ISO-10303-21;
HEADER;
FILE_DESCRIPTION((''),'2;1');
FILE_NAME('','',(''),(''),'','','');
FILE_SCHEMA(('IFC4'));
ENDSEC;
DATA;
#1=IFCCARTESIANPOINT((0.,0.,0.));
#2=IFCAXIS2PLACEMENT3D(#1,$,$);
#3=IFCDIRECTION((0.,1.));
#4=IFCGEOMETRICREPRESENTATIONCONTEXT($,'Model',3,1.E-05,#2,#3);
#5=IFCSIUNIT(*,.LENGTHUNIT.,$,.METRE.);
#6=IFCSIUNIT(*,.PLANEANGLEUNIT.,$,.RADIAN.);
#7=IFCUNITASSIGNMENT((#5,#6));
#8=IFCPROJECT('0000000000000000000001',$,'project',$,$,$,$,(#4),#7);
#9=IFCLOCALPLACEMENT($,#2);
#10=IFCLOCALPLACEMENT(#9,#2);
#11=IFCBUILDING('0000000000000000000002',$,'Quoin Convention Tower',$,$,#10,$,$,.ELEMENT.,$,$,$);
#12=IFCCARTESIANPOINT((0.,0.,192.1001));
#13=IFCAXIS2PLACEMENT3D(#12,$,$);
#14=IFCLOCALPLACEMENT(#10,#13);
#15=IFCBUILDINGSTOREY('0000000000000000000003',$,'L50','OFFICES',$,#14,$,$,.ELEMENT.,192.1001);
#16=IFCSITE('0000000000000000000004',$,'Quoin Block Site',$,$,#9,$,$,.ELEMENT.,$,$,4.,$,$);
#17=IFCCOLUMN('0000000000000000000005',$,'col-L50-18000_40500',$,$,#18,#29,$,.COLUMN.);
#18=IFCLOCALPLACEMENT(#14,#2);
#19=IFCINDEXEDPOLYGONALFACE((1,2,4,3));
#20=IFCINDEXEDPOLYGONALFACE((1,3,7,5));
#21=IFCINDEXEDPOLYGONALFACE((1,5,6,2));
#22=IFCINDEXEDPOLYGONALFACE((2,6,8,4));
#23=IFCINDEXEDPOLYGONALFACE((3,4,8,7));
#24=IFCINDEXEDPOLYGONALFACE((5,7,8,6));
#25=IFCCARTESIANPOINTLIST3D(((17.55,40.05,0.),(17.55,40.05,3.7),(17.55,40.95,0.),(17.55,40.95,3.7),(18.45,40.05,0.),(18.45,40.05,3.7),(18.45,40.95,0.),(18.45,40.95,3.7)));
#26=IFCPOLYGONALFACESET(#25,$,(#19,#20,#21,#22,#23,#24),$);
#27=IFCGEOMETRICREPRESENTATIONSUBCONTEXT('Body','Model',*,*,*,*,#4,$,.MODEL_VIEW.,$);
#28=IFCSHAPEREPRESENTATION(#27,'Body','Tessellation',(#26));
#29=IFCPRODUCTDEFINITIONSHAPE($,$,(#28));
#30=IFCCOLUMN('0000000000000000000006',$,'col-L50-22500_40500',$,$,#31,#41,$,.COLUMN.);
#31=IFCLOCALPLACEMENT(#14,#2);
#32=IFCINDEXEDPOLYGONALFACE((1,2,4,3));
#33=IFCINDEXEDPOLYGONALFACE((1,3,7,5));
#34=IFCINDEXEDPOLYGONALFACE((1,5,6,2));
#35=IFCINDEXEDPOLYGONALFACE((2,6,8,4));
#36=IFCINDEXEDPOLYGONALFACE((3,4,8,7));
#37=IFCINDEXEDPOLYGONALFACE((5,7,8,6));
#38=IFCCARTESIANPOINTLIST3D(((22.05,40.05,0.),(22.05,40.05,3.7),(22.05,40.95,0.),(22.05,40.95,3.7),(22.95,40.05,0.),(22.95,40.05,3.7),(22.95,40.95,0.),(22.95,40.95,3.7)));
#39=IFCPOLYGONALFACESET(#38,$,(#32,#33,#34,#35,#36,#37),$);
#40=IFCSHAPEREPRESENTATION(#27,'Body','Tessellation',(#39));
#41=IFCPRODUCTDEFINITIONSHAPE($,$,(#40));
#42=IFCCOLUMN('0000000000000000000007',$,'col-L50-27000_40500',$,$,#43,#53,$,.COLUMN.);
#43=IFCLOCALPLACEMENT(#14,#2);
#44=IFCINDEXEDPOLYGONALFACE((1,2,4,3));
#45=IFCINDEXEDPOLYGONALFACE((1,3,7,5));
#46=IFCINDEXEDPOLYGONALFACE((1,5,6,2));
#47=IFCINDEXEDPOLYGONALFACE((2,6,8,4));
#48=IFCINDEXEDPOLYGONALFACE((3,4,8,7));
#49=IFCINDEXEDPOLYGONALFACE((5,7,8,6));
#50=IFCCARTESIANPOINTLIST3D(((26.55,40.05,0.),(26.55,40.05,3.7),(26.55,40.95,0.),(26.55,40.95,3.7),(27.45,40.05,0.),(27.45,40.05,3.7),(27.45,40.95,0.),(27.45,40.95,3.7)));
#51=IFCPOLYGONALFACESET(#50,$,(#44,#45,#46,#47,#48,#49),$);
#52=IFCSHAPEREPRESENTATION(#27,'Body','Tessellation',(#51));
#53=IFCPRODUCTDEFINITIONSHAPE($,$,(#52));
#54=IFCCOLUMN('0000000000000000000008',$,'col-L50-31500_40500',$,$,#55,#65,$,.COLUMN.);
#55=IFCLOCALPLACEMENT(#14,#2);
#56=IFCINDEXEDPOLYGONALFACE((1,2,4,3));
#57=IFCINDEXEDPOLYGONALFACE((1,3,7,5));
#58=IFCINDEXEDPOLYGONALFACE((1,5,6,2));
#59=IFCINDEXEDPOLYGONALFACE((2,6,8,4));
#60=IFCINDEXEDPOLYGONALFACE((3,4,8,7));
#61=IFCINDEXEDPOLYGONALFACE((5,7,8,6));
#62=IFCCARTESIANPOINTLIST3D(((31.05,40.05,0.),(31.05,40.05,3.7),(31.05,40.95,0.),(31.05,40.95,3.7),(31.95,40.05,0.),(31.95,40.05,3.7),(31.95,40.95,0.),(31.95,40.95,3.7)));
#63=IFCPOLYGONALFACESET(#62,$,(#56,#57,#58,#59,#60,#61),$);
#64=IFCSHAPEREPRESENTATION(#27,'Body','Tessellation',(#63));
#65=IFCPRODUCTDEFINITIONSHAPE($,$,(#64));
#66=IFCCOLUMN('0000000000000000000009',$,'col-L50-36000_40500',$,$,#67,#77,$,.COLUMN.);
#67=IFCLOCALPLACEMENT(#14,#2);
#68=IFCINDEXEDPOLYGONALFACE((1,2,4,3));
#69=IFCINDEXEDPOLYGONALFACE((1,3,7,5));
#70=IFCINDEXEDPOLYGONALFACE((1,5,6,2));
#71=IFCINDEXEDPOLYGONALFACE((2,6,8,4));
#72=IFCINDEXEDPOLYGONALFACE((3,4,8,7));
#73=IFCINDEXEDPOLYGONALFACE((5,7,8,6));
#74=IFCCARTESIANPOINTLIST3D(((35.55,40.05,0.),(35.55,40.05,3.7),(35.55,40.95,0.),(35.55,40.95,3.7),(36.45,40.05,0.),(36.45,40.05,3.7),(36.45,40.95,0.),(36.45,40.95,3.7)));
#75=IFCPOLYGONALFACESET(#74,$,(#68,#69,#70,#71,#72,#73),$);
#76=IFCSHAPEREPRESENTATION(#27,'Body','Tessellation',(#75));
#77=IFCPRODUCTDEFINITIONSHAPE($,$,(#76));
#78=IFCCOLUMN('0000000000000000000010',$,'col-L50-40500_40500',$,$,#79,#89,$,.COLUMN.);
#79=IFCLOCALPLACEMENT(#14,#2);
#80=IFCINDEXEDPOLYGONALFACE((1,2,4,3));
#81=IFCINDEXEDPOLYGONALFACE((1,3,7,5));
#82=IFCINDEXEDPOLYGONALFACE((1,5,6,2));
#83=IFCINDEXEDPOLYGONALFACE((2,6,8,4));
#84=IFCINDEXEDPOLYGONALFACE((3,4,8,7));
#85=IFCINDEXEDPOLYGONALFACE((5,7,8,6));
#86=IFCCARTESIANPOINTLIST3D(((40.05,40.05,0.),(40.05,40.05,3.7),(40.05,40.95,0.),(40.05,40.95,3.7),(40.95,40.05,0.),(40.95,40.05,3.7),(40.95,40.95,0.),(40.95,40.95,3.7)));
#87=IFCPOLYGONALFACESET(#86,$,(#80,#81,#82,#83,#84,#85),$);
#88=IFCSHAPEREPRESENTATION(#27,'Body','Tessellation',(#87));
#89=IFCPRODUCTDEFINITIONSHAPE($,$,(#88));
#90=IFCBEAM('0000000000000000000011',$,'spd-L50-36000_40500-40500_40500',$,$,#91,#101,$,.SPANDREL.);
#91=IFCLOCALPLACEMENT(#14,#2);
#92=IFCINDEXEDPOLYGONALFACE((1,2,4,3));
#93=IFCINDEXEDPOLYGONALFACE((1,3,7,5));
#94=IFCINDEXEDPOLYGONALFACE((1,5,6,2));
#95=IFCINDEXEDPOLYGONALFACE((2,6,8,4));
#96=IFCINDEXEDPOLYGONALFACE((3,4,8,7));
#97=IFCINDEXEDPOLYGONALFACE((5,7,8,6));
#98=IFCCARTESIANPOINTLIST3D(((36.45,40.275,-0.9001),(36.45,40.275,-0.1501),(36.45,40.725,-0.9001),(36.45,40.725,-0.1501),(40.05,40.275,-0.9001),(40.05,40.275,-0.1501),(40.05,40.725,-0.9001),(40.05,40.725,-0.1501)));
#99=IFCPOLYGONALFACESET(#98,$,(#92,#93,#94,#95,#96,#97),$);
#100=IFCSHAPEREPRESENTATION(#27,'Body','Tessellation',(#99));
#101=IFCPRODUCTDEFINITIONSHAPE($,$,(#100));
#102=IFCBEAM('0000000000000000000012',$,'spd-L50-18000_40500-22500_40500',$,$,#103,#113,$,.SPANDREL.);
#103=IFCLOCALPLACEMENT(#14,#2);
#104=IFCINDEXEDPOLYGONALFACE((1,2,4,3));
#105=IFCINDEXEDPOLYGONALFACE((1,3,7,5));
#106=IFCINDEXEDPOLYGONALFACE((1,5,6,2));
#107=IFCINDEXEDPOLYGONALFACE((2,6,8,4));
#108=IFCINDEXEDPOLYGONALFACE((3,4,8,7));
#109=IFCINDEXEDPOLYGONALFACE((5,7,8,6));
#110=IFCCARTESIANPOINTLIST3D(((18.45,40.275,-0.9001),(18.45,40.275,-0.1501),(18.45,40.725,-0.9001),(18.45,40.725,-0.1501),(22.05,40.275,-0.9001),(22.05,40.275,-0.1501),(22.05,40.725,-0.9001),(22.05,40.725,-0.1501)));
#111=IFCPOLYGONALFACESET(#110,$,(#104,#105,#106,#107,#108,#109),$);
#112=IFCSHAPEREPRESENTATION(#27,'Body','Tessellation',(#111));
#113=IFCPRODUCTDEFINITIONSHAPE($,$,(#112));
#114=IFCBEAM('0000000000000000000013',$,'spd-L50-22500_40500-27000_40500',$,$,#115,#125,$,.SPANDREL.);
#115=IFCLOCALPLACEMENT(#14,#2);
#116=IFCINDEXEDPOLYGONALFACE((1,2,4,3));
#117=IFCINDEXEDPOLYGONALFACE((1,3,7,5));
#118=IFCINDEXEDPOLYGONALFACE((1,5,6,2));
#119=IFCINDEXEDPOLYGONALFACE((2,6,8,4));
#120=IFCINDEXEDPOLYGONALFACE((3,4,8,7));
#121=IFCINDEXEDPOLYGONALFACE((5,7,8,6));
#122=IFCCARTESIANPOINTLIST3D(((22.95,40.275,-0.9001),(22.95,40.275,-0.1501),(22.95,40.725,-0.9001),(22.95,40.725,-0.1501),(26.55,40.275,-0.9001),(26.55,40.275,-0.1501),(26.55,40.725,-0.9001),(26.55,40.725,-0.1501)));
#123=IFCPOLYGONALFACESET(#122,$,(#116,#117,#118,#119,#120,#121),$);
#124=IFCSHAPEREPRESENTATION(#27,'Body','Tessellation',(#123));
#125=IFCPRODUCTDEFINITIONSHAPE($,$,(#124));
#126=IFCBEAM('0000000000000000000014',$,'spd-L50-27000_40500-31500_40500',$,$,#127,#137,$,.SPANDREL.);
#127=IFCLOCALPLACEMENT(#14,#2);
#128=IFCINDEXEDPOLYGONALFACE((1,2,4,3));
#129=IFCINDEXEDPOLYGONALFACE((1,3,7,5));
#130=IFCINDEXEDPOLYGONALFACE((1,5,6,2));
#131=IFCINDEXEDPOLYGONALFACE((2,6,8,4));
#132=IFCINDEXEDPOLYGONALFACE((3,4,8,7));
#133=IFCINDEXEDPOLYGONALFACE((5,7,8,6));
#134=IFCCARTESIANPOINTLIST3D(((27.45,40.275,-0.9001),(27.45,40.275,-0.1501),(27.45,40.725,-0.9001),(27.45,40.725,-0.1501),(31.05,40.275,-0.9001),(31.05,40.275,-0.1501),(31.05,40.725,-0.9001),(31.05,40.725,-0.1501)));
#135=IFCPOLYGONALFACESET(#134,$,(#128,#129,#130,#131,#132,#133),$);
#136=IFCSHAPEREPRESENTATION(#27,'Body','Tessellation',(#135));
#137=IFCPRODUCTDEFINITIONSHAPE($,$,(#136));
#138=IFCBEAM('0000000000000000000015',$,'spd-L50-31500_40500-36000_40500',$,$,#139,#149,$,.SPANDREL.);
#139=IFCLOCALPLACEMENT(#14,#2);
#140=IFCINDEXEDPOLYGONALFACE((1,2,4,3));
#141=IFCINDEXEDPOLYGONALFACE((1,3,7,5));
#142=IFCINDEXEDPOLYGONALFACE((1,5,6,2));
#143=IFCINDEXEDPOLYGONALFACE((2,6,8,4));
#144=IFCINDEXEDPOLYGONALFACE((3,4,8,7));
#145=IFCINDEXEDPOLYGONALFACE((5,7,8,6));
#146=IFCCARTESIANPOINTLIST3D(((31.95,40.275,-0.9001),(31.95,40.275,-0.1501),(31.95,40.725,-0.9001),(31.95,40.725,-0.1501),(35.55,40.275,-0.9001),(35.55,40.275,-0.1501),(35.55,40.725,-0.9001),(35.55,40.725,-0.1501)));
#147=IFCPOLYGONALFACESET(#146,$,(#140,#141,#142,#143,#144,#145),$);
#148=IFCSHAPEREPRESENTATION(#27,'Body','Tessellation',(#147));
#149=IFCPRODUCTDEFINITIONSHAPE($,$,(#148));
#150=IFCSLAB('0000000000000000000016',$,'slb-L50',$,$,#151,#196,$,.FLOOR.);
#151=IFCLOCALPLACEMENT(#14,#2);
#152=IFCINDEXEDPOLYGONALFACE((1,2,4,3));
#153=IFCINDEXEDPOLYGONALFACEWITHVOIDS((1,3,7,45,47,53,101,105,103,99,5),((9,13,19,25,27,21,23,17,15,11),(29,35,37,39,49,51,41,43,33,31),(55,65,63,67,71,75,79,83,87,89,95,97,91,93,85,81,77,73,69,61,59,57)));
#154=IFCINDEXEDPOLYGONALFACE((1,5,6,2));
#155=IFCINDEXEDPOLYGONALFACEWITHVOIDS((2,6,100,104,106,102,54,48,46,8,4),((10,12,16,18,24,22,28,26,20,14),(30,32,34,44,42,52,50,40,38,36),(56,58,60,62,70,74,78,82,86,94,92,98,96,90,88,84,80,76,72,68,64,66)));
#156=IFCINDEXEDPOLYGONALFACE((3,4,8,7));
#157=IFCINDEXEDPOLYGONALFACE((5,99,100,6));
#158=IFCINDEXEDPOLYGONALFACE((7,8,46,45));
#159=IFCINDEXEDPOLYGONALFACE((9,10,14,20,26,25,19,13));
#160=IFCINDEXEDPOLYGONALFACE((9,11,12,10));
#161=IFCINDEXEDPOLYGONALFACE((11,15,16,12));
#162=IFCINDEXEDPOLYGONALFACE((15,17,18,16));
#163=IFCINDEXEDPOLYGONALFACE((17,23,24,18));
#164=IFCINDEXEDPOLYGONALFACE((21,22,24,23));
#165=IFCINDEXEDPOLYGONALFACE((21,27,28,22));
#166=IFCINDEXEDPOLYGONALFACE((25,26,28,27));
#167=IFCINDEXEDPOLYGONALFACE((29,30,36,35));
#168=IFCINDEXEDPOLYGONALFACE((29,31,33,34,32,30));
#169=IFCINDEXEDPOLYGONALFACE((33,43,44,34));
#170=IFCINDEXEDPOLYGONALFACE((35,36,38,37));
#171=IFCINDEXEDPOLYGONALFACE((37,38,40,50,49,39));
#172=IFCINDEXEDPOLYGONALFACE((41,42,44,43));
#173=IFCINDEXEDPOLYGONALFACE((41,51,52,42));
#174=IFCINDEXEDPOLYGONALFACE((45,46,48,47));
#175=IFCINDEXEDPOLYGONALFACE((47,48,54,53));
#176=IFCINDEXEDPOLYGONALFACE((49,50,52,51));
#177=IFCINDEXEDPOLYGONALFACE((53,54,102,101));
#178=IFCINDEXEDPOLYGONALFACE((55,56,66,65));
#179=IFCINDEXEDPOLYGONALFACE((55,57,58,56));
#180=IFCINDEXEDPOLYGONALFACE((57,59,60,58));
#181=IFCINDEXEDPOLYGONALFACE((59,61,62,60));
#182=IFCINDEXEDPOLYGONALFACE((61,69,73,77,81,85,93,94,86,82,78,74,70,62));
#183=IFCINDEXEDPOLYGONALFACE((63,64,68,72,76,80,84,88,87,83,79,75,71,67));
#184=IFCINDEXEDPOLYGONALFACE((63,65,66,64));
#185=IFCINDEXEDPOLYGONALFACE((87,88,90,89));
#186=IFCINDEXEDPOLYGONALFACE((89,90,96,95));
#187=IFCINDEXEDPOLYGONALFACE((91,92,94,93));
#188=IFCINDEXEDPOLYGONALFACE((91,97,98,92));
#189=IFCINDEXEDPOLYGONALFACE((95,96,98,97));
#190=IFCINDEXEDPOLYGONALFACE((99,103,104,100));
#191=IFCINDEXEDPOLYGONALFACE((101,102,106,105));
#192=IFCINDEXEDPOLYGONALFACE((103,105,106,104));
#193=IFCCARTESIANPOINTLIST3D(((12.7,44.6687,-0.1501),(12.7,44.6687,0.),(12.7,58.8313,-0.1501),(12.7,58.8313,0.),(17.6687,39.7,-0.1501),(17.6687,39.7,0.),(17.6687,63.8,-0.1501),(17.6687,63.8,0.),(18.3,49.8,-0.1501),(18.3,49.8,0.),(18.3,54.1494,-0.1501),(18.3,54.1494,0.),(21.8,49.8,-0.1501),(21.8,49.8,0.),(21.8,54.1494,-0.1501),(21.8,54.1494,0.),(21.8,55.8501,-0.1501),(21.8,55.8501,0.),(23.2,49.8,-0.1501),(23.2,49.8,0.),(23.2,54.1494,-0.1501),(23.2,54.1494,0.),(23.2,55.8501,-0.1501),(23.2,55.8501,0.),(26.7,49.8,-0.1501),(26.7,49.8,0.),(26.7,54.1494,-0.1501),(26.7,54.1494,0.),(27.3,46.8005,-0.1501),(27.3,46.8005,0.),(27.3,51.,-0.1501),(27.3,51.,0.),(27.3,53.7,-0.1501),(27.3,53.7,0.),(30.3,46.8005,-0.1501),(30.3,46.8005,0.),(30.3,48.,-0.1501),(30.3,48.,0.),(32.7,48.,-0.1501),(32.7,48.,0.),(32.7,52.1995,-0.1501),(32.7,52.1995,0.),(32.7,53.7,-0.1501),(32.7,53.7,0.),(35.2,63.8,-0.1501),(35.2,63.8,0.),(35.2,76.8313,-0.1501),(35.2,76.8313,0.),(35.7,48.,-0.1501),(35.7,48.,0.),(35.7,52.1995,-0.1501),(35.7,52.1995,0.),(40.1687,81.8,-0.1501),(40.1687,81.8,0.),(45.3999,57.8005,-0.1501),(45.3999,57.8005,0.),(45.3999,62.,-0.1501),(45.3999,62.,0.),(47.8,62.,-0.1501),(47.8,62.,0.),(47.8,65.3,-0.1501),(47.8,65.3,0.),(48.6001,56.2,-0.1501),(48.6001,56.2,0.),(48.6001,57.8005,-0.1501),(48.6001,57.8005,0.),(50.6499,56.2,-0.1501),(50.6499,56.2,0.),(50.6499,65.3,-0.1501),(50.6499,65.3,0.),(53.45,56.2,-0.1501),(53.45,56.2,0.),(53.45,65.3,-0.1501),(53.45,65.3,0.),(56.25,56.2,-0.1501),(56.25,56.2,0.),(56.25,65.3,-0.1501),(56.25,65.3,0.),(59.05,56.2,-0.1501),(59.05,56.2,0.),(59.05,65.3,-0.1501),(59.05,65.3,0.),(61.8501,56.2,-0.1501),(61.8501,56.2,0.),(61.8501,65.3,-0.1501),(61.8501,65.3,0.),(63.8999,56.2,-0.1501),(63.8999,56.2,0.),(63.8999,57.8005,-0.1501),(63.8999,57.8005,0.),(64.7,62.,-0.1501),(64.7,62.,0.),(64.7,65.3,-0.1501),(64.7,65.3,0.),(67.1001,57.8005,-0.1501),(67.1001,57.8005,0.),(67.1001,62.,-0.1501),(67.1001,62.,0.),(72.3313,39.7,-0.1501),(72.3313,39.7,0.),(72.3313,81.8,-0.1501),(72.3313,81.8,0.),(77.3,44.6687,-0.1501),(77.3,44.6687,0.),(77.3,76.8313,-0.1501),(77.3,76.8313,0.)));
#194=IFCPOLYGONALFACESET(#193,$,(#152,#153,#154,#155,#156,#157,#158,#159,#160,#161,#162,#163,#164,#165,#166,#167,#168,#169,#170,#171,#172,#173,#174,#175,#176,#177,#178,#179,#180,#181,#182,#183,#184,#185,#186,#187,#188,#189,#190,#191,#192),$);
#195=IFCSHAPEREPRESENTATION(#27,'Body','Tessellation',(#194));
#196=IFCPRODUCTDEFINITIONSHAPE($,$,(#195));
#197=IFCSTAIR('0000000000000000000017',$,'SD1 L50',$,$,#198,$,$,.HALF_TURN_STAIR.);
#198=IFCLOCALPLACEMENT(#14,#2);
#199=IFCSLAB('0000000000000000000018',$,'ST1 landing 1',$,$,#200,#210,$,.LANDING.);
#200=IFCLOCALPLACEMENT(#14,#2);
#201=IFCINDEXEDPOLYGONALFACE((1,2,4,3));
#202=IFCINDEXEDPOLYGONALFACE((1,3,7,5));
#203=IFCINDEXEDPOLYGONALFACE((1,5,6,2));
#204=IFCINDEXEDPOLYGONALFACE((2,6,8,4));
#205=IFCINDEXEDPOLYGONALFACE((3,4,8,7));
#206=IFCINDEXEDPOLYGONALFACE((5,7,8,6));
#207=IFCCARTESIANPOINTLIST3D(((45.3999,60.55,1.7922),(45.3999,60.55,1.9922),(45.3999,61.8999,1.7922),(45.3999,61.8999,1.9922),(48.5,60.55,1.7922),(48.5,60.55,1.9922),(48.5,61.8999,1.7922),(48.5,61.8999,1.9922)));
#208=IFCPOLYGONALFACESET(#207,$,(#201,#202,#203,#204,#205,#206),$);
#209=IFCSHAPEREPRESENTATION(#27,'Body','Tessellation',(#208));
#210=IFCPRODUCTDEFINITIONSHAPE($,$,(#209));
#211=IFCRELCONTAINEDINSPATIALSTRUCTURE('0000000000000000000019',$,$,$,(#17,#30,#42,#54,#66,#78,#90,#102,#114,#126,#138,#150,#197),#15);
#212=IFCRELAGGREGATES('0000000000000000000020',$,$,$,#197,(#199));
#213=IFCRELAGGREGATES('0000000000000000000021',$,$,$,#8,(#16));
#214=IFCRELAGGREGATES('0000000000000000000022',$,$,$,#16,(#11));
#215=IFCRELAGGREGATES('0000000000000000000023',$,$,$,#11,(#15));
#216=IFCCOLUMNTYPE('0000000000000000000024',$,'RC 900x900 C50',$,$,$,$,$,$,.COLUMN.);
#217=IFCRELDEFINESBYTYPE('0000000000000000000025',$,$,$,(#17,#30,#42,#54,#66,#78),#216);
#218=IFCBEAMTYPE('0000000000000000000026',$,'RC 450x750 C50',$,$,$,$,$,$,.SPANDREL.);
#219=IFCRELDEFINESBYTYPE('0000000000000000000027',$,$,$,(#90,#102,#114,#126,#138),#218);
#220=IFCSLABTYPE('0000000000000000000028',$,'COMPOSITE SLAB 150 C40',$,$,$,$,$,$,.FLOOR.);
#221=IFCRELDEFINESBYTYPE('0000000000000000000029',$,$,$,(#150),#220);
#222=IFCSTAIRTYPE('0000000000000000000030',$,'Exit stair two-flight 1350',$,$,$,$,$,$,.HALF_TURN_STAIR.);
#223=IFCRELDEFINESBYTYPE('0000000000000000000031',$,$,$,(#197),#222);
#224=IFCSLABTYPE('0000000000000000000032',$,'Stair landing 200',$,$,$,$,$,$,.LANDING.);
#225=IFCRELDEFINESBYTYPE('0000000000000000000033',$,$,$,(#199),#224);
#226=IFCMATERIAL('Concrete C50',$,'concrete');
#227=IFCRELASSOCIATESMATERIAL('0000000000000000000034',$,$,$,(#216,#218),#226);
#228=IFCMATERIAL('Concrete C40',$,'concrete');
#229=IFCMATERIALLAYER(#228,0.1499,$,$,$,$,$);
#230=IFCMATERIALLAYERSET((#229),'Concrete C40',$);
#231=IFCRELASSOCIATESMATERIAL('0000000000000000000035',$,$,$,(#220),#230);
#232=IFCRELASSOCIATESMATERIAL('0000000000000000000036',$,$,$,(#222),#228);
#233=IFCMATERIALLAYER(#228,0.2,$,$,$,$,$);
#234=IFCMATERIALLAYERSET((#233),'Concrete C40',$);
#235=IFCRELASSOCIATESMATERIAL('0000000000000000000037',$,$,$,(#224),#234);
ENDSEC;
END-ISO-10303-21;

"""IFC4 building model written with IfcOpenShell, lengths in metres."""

from ifc_helpers import new_model, si_unit, direction, frame, origin, origin_2d, place, context, subcontext, project, spatial, polyline, rectangle, outline, extrude, material, layer, layer_set, material_profile, profile_set, type_object, element, aggregate, save


model = new_model("IFC4")

# Units and contexts
model_context = context("Model", 3, precision=1e-05, world=origin(), true_north=direction((0.0, 1.0)))
body_context = subcontext(model_context, "Body", "Model", "MODEL_VIEW")
ifc_project = project(units=[si_unit("LENGTHUNIT", "METRE"), si_unit("PLANEANGLEUNIT", "RADIAN")], contexts=[model_context])

# Site, building, storey
site_placement = place(None, origin())
site = spatial("IfcSite", under=ifc_project, at=site_placement, Name="Quoin Block Site", CompositionType="ELEMENT", RefElevation=4.0)
building_placement = place(site_placement, origin())
building = spatial("IfcBuilding", under=site, at=building_placement, Name="Quoin Convention Tower", CompositionType="ELEMENT")
storey_placement = place(building_placement, frame((0.0, 0.0, 192.1001)))
storey = spatial("IfcBuildingStorey", under=building, at=storey_placement, Name="L50", Description="OFFICES", CompositionType="ELEMENT", Elevation=192.1001)

# Columns
ifc_material_1 = material(Name="Concrete C50", Category="concrete")
ifc_material_profile_1 = material_profile(ifc_material_1, rectangle(XDim=0.8999, YDim=0.8999, at=origin_2d()), Name="RC 900x900")
ifc_profile_set_1 = profile_set([ifc_material_profile_1], Name="Concrete C50")
column_type = type_object("IfcColumnType", Name="RC 900x900 C50", PredefinedType="COLUMN", material=ifc_profile_set_1)
for number, where, z_axis, x_axis, name in (
    (1, (18.0, 40.5, 0.0), (0.0, 0.0, 1.0), (1.0, 0.0, 0.0), "col-L50-18000_40500"),
    (2, (22.5, 40.5, 0.0), (0.0, 0.0, 1.0), (1.0, 0.0, 0.0), "col-L50-22500_40500"),
    (3, (27.0, 40.5, 0.0), (0.0, 0.0, 1.0), (1.0, 0.0, 0.0), "col-L50-27000_40500"),
    (4, (31.5, 40.5, 0.0), (0.0, 0.0, 1.0), (1.0, 0.0, 0.0), "col-L50-31500_40500"),
    (5, (36.0, 40.5, 0.0), (0.0, 0.0, 1.0), (1.0, 0.0, 0.0), "col-L50-36000_40500"),
    (6, (40.5, 40.5, 0.0), (0.0, 0.0, 1.0), (1.0, 0.0, 0.0), "col-L50-40500_40500"),
):
    element("IfcColumn", number, at=place(storey_placement, frame(where, z_axis=z_axis, x_axis=x_axis)), inside=storey, type_object=column_type, Name=name, PredefinedType="COLUMN", context=body_context, shape_type="SweptSolid", body=[
        extrude(rectangle(XDim=0.8999, YDim=0.8999, at=origin_2d()), origin(), (0.0, 0.0, 1.0), 3.7),
    ])

# Beams
ifc_material_profile_2 = material_profile(ifc_material_1, rectangle(XDim=0.45, YDim=0.75, at=origin_2d()), Name="RC 450x750")
ifc_profile_set_2 = profile_set([ifc_material_profile_2], Name="Concrete C50")
beam_type = type_object("IfcBeamType", Name="RC 450x750 C50", PredefinedType="SPANDREL", material=ifc_profile_set_2)
for number, where, z_axis, x_axis, name in (
    (7, (36.45, 40.5, -0.5251), (1.0, 0.0, 0.0), (0.0, 1.0, 0.0), "spd-L50-36000_40500-40500_40500"),
    (8, (18.45, 40.5, -0.5251), (1.0, 0.0, 0.0), (0.0, 1.0, 0.0), "spd-L50-18000_40500-22500_40500"),
    (9, (22.95, 40.5, -0.5251), (1.0, 0.0, 0.0), (0.0, 1.0, 0.0), "spd-L50-22500_40500-27000_40500"),
    (10, (27.45, 40.5, -0.5251), (1.0, 0.0, 0.0), (0.0, 1.0, 0.0), "spd-L50-27000_40500-31500_40500"),
    (11, (31.95, 40.5, -0.5251), (1.0, 0.0, 0.0), (0.0, 1.0, 0.0), "spd-L50-31500_40500-36000_40500"),
):
    element("IfcBeam", number, at=place(storey_placement, frame(where, z_axis=z_axis, x_axis=x_axis)), inside=storey, type_object=beam_type, Name=name, PredefinedType="SPANDREL", context=body_context, shape_type="SweptSolid", body=[
        extrude(rectangle(XDim=0.45, YDim=0.75, at=origin_2d()), origin(), (0.0, 0.0, 1.0), 3.6001),
    ])

# Slab
ifc_material_2 = material(Name="Concrete C40", Category="concrete")
ifc_layer_1 = layer(ifc_material_2, 0.1499)
ifc_layer_set_1 = layer_set([ifc_layer_1], Name="Concrete C40")
slab_type_1 = type_object("IfcSlabType", Name="COMPOSITE SLAB 150 C40", PredefinedType="FLOOR", material=ifc_layer_set_1)
slab_1_placement = place(storey_placement, frame((0.0, 0.0, -0.1501)))
element("IfcSlab", 12, at=slab_1_placement, inside=storey, type_object=slab_type_1, Name="slb-L50", PredefinedType="FLOOR", context=body_context, shape_type="SweptSolid", body=[
    extrude(outline(polyline([(17.6687, 39.7), (12.7, 44.6687), (12.7, 58.8313), (17.6687, 63.8), (35.2, 63.8), (35.2, 76.8313), (40.1687, 81.8), (72.3313, 81.8), (77.3, 76.8313), (77.3, 44.6687), (72.3313, 39.7), (17.6687, 39.7)]), holes=[polyline([(27.3, 51.0), (27.3, 46.8005), (30.3, 46.8005), (30.3, 48.0), (32.7, 48.0), (35.7, 48.0), (35.7, 52.1995), (32.7, 52.1995), (32.7, 53.7), (27.3, 53.7), (27.3, 51.0)]), polyline([(18.3, 49.8), (21.8, 49.8), (23.2, 49.8), (26.7, 49.8), (26.7, 54.1494), (23.2, 54.1494), (23.2, 55.8501), (21.8, 55.8501), (21.8, 54.1494), (18.3, 54.1494), (18.3, 49.8)]), polyline([(48.6001, 56.2), (50.6499, 56.2), (53.45, 56.2), (56.25, 56.2), (59.05, 56.2), (61.8501, 56.2), (63.8999, 56.2), (63.8999, 57.8005), (67.1001, 57.8005), (67.1001, 62.0), (64.7, 62.0), (64.7, 65.3), (61.8501, 65.3), (59.05, 65.3), (56.25, 65.3), (53.45, 65.3), (50.6499, 65.3), (47.8, 65.3), (47.8, 62.0), (45.3999, 62.0), (45.3999, 57.8005), (48.6001, 57.8005), (48.6001, 56.2)])]), origin(), (0.0, 0.0, 1.0), 0.1501),
])

# Stair, slab
stair_type_1 = type_object("IfcStairType", Name="Exit stair two-flight 1350", PredefinedType="HALF_TURN_STAIR", material=ifc_material_2)
stair_1_placement = place(storey_placement, origin())
stair_1 = element("IfcStair", 13, at=stair_1_placement, inside=storey, type_object=stair_type_1, Name="SD1 L50", PredefinedType="HALF_TURN_STAIR")
ifc_layer_2 = layer(ifc_material_2, 0.2)
ifc_layer_set_2 = layer_set([ifc_layer_2], Name="Concrete C40")
slab_type_2 = type_object("IfcSlabType", Name="Stair landing 200", PredefinedType="LANDING", material=ifc_layer_set_2)
slab_2_placement = place(storey_placement, frame((0.0, 0.0, 1.7922)))
slab_2 = element("IfcSlab", 14, at=slab_2_placement, type_object=slab_type_2, Name="ST1 landing 1", PredefinedType="LANDING", context=body_context, shape_type="SweptSolid", body=[
    extrude(outline(polyline([(45.3999, 60.55), (48.5, 60.55), (48.5, 61.8999), (45.3999, 61.8999), (45.3999, 60.55)])), origin(), (0.0, 0.0, 1.0), 0.2),
])
aggregate(stair_1, [slab_2])

save(model, "model.ifc")
